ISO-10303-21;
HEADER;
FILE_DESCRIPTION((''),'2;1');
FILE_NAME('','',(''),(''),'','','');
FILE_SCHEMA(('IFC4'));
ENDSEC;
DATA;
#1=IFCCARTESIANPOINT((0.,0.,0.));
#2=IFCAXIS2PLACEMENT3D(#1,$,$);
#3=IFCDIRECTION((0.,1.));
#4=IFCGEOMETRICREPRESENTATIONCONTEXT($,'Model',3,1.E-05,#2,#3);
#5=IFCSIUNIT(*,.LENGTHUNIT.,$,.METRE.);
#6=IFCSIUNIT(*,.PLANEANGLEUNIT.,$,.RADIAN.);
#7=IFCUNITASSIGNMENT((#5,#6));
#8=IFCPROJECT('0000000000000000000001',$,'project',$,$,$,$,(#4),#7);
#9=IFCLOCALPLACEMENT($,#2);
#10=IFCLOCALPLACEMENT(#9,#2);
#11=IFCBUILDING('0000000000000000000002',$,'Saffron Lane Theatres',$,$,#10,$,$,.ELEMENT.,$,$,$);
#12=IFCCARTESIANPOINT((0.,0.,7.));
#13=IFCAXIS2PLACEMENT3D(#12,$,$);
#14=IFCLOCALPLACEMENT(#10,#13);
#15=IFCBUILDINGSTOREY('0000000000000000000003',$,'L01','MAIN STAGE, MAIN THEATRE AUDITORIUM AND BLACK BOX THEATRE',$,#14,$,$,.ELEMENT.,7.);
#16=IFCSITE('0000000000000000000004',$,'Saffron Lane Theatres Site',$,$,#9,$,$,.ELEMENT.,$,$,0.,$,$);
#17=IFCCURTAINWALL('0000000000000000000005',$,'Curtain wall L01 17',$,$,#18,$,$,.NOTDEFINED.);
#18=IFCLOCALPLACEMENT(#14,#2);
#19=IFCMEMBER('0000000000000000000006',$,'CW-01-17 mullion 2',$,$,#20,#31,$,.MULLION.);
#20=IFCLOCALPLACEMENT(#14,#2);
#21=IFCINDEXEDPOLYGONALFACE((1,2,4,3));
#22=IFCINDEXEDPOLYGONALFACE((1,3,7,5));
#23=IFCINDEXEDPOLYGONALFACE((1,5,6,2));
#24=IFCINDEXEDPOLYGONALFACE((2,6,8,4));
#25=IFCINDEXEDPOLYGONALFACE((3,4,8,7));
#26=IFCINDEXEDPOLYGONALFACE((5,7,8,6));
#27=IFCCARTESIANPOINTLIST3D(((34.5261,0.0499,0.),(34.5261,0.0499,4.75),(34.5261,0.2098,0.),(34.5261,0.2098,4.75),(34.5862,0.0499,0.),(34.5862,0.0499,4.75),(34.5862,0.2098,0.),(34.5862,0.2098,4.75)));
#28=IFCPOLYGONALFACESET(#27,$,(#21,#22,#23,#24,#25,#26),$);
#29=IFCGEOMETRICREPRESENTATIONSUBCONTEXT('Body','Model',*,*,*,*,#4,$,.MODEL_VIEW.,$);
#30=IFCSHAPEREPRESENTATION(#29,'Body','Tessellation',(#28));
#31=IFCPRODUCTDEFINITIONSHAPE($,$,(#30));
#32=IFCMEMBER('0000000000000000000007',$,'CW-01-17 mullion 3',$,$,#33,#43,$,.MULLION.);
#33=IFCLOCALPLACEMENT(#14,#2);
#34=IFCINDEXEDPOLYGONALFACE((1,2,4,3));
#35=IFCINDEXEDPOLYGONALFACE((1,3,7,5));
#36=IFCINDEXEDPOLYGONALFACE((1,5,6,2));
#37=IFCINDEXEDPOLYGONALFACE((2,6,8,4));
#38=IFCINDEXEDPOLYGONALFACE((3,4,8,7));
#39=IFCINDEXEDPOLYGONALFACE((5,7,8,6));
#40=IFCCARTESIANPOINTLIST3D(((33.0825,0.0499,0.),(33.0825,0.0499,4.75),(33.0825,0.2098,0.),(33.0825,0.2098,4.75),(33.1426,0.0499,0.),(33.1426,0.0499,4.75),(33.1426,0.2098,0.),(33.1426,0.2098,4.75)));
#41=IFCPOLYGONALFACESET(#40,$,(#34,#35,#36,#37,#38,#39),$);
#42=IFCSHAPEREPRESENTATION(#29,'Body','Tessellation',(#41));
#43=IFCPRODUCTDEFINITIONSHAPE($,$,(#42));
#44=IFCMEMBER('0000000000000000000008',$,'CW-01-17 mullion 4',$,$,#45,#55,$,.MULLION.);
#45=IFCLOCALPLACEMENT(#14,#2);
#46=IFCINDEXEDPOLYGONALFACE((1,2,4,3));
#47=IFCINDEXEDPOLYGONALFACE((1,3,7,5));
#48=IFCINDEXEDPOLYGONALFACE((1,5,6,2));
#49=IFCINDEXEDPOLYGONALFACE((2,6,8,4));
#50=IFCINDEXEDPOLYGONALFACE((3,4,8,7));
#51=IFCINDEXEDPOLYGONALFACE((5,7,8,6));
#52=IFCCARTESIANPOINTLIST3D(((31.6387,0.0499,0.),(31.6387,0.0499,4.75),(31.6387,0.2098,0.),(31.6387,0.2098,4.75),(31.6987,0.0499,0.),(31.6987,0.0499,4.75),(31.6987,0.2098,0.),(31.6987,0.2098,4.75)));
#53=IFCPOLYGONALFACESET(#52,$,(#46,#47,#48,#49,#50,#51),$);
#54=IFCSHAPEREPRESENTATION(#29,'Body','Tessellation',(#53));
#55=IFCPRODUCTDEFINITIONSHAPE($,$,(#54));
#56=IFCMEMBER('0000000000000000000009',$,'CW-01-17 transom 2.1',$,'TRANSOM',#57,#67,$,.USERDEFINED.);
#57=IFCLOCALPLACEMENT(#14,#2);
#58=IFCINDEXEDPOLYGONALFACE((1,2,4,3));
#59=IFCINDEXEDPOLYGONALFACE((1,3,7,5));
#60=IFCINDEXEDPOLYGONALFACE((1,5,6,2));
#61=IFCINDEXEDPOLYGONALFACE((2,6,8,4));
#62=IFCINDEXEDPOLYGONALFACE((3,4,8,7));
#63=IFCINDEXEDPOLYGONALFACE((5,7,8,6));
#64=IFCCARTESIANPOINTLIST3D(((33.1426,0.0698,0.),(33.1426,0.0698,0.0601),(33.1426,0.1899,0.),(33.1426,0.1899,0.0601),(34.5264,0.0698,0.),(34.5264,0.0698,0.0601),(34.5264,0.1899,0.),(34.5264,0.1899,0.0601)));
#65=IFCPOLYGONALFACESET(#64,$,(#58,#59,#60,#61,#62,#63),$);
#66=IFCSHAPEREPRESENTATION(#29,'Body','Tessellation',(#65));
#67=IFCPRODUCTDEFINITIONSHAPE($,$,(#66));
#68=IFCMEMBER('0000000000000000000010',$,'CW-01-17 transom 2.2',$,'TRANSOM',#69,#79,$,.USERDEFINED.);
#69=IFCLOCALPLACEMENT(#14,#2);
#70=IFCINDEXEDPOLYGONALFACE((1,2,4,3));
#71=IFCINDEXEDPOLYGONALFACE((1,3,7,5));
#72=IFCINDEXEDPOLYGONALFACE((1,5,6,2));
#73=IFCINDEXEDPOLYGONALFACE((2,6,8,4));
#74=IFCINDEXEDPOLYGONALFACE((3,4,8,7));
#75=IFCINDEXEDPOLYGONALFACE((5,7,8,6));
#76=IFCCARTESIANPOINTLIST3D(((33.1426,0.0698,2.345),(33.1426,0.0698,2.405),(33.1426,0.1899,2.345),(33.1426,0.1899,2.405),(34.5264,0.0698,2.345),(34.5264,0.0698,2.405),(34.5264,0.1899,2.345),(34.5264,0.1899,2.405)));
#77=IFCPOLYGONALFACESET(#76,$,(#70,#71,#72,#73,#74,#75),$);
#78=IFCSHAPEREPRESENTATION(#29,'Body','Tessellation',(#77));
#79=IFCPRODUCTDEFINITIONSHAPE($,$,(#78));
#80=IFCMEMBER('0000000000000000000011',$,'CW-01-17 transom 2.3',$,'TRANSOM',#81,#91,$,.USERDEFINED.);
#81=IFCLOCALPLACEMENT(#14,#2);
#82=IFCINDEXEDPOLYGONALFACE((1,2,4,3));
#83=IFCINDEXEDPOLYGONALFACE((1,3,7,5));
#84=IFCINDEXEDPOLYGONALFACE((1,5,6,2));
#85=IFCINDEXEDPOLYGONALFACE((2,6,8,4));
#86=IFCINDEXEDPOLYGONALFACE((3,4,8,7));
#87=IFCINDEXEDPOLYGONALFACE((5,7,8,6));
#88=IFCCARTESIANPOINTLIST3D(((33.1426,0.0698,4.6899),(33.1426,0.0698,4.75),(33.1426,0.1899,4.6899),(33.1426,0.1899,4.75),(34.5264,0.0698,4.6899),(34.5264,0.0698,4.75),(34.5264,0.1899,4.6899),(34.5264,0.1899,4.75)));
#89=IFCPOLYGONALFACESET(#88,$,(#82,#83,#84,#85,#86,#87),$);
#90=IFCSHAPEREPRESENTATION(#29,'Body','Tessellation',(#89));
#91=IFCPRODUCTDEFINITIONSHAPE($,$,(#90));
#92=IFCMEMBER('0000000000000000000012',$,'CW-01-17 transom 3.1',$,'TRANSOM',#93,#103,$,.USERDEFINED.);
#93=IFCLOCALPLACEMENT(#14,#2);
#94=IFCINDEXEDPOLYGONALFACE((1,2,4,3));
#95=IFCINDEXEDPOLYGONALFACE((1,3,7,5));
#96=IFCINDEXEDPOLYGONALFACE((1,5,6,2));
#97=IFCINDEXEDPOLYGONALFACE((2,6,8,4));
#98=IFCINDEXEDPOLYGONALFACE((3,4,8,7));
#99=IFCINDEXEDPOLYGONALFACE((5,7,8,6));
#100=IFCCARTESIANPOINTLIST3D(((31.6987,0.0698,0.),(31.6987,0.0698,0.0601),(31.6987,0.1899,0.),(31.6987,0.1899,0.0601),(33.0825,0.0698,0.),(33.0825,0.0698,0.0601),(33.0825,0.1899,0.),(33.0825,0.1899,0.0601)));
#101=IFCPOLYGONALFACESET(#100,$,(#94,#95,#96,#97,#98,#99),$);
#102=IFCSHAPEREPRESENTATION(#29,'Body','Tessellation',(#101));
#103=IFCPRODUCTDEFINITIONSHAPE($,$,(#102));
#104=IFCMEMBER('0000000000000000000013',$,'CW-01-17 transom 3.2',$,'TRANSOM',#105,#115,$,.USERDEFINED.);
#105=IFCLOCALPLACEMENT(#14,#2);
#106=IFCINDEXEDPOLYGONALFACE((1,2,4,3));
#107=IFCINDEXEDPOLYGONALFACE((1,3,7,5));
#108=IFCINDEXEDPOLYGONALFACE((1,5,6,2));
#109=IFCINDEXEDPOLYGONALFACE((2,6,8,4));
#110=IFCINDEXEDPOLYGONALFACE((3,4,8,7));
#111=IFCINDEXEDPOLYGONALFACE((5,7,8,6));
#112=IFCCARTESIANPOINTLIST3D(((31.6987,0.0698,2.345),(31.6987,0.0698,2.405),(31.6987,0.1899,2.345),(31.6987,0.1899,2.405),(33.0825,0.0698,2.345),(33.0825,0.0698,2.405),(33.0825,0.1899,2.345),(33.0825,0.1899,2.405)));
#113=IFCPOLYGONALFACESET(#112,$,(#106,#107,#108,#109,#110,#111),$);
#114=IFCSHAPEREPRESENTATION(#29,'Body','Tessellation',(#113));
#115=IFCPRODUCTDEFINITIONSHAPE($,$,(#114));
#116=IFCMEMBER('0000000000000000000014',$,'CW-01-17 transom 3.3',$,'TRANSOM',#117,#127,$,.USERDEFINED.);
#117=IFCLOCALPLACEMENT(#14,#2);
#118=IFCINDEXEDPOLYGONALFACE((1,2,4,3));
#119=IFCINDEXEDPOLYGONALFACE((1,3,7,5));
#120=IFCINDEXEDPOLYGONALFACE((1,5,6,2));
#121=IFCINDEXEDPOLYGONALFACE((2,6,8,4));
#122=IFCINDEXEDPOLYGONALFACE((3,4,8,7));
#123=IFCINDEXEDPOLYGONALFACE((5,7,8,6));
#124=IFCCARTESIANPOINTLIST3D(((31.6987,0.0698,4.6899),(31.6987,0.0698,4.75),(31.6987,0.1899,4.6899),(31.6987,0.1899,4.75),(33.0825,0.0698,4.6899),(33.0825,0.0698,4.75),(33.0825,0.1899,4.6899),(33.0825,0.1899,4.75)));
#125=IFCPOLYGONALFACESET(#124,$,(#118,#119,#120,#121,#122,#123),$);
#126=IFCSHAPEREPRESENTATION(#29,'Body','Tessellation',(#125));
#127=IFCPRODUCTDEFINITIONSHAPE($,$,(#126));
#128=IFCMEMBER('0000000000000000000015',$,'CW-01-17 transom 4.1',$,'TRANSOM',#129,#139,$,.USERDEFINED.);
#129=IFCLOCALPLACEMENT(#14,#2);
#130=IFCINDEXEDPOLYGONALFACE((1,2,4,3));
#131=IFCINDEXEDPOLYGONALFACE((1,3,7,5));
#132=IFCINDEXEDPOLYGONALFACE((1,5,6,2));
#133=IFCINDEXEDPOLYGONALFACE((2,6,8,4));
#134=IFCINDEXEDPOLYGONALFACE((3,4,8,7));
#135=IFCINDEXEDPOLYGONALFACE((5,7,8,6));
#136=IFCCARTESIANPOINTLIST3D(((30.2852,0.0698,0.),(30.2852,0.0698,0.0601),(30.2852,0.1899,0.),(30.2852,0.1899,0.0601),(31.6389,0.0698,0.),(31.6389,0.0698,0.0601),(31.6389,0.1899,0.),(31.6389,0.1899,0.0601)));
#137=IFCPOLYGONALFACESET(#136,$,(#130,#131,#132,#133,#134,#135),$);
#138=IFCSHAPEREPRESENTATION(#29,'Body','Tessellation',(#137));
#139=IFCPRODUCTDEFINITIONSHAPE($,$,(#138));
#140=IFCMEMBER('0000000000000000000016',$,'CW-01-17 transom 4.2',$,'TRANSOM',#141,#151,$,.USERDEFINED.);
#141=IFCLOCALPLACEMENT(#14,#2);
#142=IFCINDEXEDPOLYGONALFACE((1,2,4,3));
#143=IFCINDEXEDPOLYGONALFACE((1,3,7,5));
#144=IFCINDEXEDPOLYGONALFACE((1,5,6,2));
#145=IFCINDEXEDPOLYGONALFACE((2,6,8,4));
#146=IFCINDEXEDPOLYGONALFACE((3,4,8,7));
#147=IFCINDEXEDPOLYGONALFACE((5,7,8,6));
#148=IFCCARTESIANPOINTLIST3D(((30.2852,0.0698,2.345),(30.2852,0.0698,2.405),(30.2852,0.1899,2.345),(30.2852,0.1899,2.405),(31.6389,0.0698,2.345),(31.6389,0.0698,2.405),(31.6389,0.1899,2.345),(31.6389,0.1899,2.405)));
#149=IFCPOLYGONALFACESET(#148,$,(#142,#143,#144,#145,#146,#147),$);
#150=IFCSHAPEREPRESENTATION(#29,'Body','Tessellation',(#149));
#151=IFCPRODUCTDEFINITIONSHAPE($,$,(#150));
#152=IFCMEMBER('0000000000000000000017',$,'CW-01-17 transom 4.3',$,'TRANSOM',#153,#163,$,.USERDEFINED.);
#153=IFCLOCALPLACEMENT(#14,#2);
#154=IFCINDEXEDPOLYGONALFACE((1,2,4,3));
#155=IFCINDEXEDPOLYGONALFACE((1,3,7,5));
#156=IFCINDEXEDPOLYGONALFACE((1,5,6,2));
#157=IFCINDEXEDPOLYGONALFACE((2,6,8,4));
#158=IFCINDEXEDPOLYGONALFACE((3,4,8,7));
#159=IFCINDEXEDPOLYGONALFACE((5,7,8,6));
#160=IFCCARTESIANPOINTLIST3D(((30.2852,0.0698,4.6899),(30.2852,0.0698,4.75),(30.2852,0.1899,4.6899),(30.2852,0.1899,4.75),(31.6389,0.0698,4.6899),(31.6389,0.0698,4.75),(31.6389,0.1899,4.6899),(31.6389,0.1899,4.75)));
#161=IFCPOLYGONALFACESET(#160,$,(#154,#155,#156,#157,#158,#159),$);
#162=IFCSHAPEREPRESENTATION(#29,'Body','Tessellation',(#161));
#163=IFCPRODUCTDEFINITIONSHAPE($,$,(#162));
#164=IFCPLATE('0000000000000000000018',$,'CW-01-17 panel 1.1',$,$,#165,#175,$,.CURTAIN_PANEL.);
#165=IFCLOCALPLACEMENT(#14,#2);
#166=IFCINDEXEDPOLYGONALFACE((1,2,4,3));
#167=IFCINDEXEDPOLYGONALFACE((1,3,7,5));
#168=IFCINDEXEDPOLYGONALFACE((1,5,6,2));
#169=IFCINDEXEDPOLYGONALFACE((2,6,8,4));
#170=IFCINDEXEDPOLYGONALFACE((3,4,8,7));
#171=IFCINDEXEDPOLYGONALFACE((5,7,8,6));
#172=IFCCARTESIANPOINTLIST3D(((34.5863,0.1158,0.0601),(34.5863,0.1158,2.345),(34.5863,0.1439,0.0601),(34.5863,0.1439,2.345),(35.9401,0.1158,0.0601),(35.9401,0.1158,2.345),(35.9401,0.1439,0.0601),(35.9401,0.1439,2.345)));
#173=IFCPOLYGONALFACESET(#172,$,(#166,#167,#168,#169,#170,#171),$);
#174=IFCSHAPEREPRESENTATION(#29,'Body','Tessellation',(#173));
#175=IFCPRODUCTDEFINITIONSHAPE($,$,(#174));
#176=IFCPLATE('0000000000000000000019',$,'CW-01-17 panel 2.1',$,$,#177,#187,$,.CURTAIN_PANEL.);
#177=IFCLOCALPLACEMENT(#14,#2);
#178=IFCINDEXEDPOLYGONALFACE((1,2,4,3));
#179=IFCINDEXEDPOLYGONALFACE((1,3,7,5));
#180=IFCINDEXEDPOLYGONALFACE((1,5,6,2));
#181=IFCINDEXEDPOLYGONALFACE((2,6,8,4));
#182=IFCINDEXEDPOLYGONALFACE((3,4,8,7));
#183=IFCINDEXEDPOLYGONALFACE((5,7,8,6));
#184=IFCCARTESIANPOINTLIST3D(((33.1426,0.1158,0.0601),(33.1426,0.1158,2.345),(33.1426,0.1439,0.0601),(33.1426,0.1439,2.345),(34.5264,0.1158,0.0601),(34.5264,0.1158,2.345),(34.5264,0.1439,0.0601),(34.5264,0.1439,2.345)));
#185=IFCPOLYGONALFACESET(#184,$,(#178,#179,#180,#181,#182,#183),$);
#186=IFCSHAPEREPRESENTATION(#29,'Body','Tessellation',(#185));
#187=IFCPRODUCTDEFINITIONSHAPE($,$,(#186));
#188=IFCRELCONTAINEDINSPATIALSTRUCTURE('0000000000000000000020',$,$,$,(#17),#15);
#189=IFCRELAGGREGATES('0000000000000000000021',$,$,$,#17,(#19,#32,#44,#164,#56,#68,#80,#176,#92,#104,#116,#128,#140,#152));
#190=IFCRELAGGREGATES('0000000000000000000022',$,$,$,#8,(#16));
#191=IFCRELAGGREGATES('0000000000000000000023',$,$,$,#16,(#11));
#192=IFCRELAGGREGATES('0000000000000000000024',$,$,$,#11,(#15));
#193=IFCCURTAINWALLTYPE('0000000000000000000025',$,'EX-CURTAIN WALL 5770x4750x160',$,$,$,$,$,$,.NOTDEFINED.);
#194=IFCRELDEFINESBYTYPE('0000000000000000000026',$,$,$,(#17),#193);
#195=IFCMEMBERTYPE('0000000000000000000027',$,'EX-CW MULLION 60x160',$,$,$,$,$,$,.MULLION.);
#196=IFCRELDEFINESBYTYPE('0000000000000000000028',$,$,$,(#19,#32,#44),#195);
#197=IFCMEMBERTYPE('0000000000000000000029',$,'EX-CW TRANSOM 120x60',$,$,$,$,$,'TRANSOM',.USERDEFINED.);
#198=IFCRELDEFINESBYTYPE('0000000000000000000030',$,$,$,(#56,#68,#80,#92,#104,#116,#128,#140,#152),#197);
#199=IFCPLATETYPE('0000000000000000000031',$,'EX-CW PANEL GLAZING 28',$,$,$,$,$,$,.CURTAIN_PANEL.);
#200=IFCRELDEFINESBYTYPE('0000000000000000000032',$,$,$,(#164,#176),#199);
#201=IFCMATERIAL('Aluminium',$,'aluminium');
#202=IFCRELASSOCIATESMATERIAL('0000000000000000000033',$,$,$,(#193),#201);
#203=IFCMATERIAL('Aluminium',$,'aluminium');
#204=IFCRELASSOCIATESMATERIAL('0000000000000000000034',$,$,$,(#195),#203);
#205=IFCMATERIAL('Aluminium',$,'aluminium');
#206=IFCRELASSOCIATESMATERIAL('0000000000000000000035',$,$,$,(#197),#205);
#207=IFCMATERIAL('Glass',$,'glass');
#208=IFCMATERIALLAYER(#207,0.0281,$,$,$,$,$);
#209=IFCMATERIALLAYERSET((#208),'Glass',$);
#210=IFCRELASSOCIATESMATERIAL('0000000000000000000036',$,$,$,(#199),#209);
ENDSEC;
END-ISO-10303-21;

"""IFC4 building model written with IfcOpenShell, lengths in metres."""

from ifc_helpers import new_model, si_unit, direction, frame, origin, origin_2d, place, context, subcontext, project, spatial, rectangle, extrude, material, layer, layer_set, material_profile, profile_set, type_object, element, aggregate, save


model = new_model("IFC4")

# Units and contexts
model_context = context("Model", 3, precision=1e-05, world=origin(), true_north=direction((0.0, 1.0)))
body_context = subcontext(model_context, "Body", "Model", "MODEL_VIEW")
ifc_project = project(units=[si_unit("LENGTHUNIT", "METRE"), si_unit("PLANEANGLEUNIT", "RADIAN")], contexts=[model_context])

# Site, building, storey
site_placement = place(None, origin())
site = spatial("IfcSite", under=ifc_project, at=site_placement, Name="Saffron Lane Theatres Site", CompositionType="ELEMENT", RefElevation=0.0)
building_placement = place(site_placement, origin())
building = spatial("IfcBuilding", under=site, at=building_placement, Name="Saffron Lane Theatres", CompositionType="ELEMENT")
storey_placement = place(building_placement, frame((0.0, 0.0, 7.0)))
storey = spatial("IfcBuildingStorey", under=building, at=storey_placement, Name="L01", Description="MAIN STAGE, MAIN THEATRE AUDITORIUM AND BLACK BOX THEATRE", CompositionType="ELEMENT", Elevation=7.0)

# Curtain wall, members, plates
ifc_material_1 = material(Name="Aluminium", Category="aluminium")
curtain_wall_type = type_object("IfcCurtainWallType", Name="EX-CURTAIN WALL 5770x4750x160", PredefinedType="NOTDEFINED", material=ifc_material_1)
curtain_wall_placement = place(storey_placement, origin())
curtain_wall = element("IfcCurtainWall", 1, at=curtain_wall_placement, inside=storey, type_object=curtain_wall_type, Name="Curtain wall L01 17", PredefinedType="NOTDEFINED")
ifc_material_2 = material(Name="Aluminium", Category="aluminium")
ifc_material_profile_1 = material_profile(ifc_material_2, rectangle(XDim=0.0601, YDim=0.1599, at=origin_2d()))
ifc_profile_set_1 = profile_set([ifc_material_profile_1], Name="Aluminium")
member_type_1 = type_object("IfcMemberType", Name="EX-CW MULLION 60x160", PredefinedType="MULLION", material=ifc_profile_set_1)
member_1_placement = place(storey_placement, frame((34.5562, 0.1299, 0.0), z_axis=(0.0, 0.0, 1.0), x_axis=(-1.0, 0.0, 0.0)))
member_1 = element("IfcMember", 2, at=member_1_placement, type_object=member_type_1, Name="CW-01-17 mullion 2", PredefinedType="MULLION", context=body_context, shape_type="SweptSolid", body=[
    extrude(rectangle(XDim=0.0601, YDim=0.1599, at=origin_2d()), origin(), (0.0, 0.0, 1.0), 4.75),
])
member_2_placement = place(storey_placement, frame((33.1125, 0.1299, 0.0), z_axis=(0.0, 0.0, 1.0), x_axis=(-1.0, 0.0, 0.0)))
member_2 = element("IfcMember", 3, at=member_2_placement, type_object=member_type_1, Name="CW-01-17 mullion 3", PredefinedType="MULLION", context=body_context, shape_type="SweptSolid", body=[
    extrude(rectangle(XDim=0.0601, YDim=0.1599, at=origin_2d()), origin(), (0.0, 0.0, 1.0), 4.75),
])
member_3_placement = place(storey_placement, frame((31.6687, 0.1299, 0.0), z_axis=(0.0, 0.0, 1.0), x_axis=(-1.0, 0.0, 0.0)))
member_3 = element("IfcMember", 4, at=member_3_placement, type_object=member_type_1, Name="CW-01-17 mullion 4", PredefinedType="MULLION", context=body_context, shape_type="SweptSolid", body=[
    extrude(rectangle(XDim=0.0601, YDim=0.1599, at=origin_2d()), origin(), (0.0, 0.0, 1.0), 4.75),
])
ifc_material_3 = material(Name="Aluminium", Category="aluminium")
ifc_material_profile_2 = material_profile(ifc_material_3, rectangle(XDim=0.1201, YDim=0.0601, at=origin_2d()))
ifc_profile_set_2 = profile_set([ifc_material_profile_2], Name="Aluminium")
member_type_2 = type_object("IfcMemberType", Name="EX-CW TRANSOM 120x60", ElementType="TRANSOM", PredefinedType="USERDEFINED", material=ifc_profile_set_2)
member_4_placement = place(storey_placement, frame((34.5264, 0.1299, 0.03), z_axis=(-1.0, 0.0, 0.0), x_axis=(0.0, -1.0, 0.0)))
member_4 = element("IfcMember", 5, at=member_4_placement, type_object=member_type_2, Name="CW-01-17 transom 2.1", ObjectType="TRANSOM", PredefinedType="USERDEFINED", context=body_context, shape_type="SweptSolid", body=[
    extrude(rectangle(XDim=0.1201, YDim=0.0601, at=origin_2d()), origin(), (0.0, 0.0, 1.0), 1.3838),
])
member_5_placement = place(storey_placement, frame((34.5264, 0.1299, 2.375), z_axis=(-1.0, 0.0, 0.0), x_axis=(0.0, -1.0, 0.0)))
member_5 = element("IfcMember", 6, at=member_5_placement, type_object=member_type_2, Name="CW-01-17 transom 2.2", ObjectType="TRANSOM", PredefinedType="USERDEFINED", context=body_context, shape_type="SweptSolid", body=[
    extrude(rectangle(XDim=0.1201, YDim=0.0601, at=origin_2d()), origin(), (0.0, 0.0, 1.0), 1.3838),
])
member_6_placement = place(storey_placement, frame((34.5264, 0.1299, 4.72), z_axis=(-1.0, 0.0, 0.0), x_axis=(0.0, -1.0, 0.0)))
member_6 = element("IfcMember", 7, at=member_6_placement, type_object=member_type_2, Name="CW-01-17 transom 2.3", ObjectType="TRANSOM", PredefinedType="USERDEFINED", context=body_context, shape_type="SweptSolid", body=[
    extrude(rectangle(XDim=0.1201, YDim=0.0601, at=origin_2d()), origin(), (0.0, 0.0, 1.0), 1.3838),
])
member_7_placement = place(storey_placement, frame((33.0825, 0.1299, 0.03), z_axis=(-1.0, 0.0, 0.0), x_axis=(0.0, -1.0, 0.0)))
member_7 = element("IfcMember", 8, at=member_7_placement, type_object=member_type_2, Name="CW-01-17 transom 3.1", ObjectType="TRANSOM", PredefinedType="USERDEFINED", context=body_context, shape_type="SweptSolid", body=[
    extrude(rectangle(XDim=0.1201, YDim=0.0601, at=origin_2d()), origin(), (0.0, 0.0, 1.0), 1.3838),
])
member_8_placement = place(storey_placement, frame((33.0825, 0.1299, 2.375), z_axis=(-1.0, 0.0, 0.0), x_axis=(0.0, -1.0, 0.0)))
member_8 = element("IfcMember", 9, at=member_8_placement, type_object=member_type_2, Name="CW-01-17 transom 3.2", ObjectType="TRANSOM", PredefinedType="USERDEFINED", context=body_context, shape_type="SweptSolid", body=[
    extrude(rectangle(XDim=0.1201, YDim=0.0601, at=origin_2d()), origin(), (0.0, 0.0, 1.0), 1.3838),
])
member_9_placement = place(storey_placement, frame((33.0825, 0.1299, 4.72), z_axis=(-1.0, 0.0, 0.0), x_axis=(0.0, -1.0, 0.0)))
member_9 = element("IfcMember", 10, at=member_9_placement, type_object=member_type_2, Name="CW-01-17 transom 3.3", ObjectType="TRANSOM", PredefinedType="USERDEFINED", context=body_context, shape_type="SweptSolid", body=[
    extrude(rectangle(XDim=0.1201, YDim=0.0601, at=origin_2d()), origin(), (0.0, 0.0, 1.0), 1.3838),
])
member_10_placement = place(storey_placement, frame((31.6389, 0.1299, 0.03), z_axis=(-1.0, 0.0, 0.0), x_axis=(0.0, -1.0, 0.0)))
member_10 = element("IfcMember", 11, at=member_10_placement, type_object=member_type_2, Name="CW-01-17 transom 4.1", ObjectType="TRANSOM", PredefinedType="USERDEFINED", context=body_context, shape_type="SweptSolid", body=[
    extrude(rectangle(XDim=0.1201, YDim=0.0601, at=origin_2d()), origin(), (0.0, 0.0, 1.0), 1.3538),
])
member_11_placement = place(storey_placement, frame((31.6389, 0.1299, 2.375), z_axis=(-1.0, 0.0, 0.0), x_axis=(0.0, -1.0, 0.0)))
member_11 = element("IfcMember", 12, at=member_11_placement, type_object=member_type_2, Name="CW-01-17 transom 4.2", ObjectType="TRANSOM", PredefinedType="USERDEFINED", context=body_context, shape_type="SweptSolid", body=[
    extrude(rectangle(XDim=0.1201, YDim=0.0601, at=origin_2d()), origin(), (0.0, 0.0, 1.0), 1.3538),
])
member_12_placement = place(storey_placement, frame((31.6389, 0.1299, 4.72), z_axis=(-1.0, 0.0, 0.0), x_axis=(0.0, -1.0, 0.0)))
member_12 = element("IfcMember", 13, at=member_12_placement, type_object=member_type_2, Name="CW-01-17 transom 4.3", ObjectType="TRANSOM", PredefinedType="USERDEFINED", context=body_context, shape_type="SweptSolid", body=[
    extrude(rectangle(XDim=0.1201, YDim=0.0601, at=origin_2d()), origin(), (0.0, 0.0, 1.0), 1.3538),
])
ifc_material_4 = material(Name="Glass", Category="glass")
ifc_layer = layer(ifc_material_4, 0.0281)
ifc_layer_set = layer_set([ifc_layer], Name="Glass")
plate_type = type_object("IfcPlateType", Name="EX-CW PANEL GLAZING 28", PredefinedType="CURTAIN_PANEL", material=ifc_layer_set)
plate_1_placement = place(storey_placement, frame((35.2632, 0.1299, 0.0601), z_axis=(0.0, 0.0, 1.0), x_axis=(-1.0, 0.0, 0.0)))
plate_1 = element("IfcPlate", 14, at=plate_1_placement, type_object=plate_type, Name="CW-01-17 panel 1.1", PredefinedType="CURTAIN_PANEL", context=body_context, shape_type="SweptSolid", body=[
    extrude(rectangle(XDim=1.3538, YDim=0.0281, at=origin_2d()), origin(), (0.0, 0.0, 1.0), 2.2849),
])
plate_2_placement = place(storey_placement, frame((33.8345, 0.1299, 0.0601), z_axis=(0.0, 0.0, 1.0), x_axis=(-1.0, 0.0, 0.0)))
plate_2 = element("IfcPlate", 15, at=plate_2_placement, type_object=plate_type, Name="CW-01-17 panel 2.1", PredefinedType="CURTAIN_PANEL", context=body_context, shape_type="SweptSolid", body=[
    extrude(rectangle(XDim=1.3838, YDim=0.0281, at=origin_2d()), origin(), (0.0, 0.0, 1.0), 2.2849),
])
aggregate(curtain_wall, [member_1, member_2, member_3, plate_1, member_4, member_5, member_6, plate_2, member_7, member_8, member_9, member_10, member_11, member_12])

save(model, "model.ifc")
